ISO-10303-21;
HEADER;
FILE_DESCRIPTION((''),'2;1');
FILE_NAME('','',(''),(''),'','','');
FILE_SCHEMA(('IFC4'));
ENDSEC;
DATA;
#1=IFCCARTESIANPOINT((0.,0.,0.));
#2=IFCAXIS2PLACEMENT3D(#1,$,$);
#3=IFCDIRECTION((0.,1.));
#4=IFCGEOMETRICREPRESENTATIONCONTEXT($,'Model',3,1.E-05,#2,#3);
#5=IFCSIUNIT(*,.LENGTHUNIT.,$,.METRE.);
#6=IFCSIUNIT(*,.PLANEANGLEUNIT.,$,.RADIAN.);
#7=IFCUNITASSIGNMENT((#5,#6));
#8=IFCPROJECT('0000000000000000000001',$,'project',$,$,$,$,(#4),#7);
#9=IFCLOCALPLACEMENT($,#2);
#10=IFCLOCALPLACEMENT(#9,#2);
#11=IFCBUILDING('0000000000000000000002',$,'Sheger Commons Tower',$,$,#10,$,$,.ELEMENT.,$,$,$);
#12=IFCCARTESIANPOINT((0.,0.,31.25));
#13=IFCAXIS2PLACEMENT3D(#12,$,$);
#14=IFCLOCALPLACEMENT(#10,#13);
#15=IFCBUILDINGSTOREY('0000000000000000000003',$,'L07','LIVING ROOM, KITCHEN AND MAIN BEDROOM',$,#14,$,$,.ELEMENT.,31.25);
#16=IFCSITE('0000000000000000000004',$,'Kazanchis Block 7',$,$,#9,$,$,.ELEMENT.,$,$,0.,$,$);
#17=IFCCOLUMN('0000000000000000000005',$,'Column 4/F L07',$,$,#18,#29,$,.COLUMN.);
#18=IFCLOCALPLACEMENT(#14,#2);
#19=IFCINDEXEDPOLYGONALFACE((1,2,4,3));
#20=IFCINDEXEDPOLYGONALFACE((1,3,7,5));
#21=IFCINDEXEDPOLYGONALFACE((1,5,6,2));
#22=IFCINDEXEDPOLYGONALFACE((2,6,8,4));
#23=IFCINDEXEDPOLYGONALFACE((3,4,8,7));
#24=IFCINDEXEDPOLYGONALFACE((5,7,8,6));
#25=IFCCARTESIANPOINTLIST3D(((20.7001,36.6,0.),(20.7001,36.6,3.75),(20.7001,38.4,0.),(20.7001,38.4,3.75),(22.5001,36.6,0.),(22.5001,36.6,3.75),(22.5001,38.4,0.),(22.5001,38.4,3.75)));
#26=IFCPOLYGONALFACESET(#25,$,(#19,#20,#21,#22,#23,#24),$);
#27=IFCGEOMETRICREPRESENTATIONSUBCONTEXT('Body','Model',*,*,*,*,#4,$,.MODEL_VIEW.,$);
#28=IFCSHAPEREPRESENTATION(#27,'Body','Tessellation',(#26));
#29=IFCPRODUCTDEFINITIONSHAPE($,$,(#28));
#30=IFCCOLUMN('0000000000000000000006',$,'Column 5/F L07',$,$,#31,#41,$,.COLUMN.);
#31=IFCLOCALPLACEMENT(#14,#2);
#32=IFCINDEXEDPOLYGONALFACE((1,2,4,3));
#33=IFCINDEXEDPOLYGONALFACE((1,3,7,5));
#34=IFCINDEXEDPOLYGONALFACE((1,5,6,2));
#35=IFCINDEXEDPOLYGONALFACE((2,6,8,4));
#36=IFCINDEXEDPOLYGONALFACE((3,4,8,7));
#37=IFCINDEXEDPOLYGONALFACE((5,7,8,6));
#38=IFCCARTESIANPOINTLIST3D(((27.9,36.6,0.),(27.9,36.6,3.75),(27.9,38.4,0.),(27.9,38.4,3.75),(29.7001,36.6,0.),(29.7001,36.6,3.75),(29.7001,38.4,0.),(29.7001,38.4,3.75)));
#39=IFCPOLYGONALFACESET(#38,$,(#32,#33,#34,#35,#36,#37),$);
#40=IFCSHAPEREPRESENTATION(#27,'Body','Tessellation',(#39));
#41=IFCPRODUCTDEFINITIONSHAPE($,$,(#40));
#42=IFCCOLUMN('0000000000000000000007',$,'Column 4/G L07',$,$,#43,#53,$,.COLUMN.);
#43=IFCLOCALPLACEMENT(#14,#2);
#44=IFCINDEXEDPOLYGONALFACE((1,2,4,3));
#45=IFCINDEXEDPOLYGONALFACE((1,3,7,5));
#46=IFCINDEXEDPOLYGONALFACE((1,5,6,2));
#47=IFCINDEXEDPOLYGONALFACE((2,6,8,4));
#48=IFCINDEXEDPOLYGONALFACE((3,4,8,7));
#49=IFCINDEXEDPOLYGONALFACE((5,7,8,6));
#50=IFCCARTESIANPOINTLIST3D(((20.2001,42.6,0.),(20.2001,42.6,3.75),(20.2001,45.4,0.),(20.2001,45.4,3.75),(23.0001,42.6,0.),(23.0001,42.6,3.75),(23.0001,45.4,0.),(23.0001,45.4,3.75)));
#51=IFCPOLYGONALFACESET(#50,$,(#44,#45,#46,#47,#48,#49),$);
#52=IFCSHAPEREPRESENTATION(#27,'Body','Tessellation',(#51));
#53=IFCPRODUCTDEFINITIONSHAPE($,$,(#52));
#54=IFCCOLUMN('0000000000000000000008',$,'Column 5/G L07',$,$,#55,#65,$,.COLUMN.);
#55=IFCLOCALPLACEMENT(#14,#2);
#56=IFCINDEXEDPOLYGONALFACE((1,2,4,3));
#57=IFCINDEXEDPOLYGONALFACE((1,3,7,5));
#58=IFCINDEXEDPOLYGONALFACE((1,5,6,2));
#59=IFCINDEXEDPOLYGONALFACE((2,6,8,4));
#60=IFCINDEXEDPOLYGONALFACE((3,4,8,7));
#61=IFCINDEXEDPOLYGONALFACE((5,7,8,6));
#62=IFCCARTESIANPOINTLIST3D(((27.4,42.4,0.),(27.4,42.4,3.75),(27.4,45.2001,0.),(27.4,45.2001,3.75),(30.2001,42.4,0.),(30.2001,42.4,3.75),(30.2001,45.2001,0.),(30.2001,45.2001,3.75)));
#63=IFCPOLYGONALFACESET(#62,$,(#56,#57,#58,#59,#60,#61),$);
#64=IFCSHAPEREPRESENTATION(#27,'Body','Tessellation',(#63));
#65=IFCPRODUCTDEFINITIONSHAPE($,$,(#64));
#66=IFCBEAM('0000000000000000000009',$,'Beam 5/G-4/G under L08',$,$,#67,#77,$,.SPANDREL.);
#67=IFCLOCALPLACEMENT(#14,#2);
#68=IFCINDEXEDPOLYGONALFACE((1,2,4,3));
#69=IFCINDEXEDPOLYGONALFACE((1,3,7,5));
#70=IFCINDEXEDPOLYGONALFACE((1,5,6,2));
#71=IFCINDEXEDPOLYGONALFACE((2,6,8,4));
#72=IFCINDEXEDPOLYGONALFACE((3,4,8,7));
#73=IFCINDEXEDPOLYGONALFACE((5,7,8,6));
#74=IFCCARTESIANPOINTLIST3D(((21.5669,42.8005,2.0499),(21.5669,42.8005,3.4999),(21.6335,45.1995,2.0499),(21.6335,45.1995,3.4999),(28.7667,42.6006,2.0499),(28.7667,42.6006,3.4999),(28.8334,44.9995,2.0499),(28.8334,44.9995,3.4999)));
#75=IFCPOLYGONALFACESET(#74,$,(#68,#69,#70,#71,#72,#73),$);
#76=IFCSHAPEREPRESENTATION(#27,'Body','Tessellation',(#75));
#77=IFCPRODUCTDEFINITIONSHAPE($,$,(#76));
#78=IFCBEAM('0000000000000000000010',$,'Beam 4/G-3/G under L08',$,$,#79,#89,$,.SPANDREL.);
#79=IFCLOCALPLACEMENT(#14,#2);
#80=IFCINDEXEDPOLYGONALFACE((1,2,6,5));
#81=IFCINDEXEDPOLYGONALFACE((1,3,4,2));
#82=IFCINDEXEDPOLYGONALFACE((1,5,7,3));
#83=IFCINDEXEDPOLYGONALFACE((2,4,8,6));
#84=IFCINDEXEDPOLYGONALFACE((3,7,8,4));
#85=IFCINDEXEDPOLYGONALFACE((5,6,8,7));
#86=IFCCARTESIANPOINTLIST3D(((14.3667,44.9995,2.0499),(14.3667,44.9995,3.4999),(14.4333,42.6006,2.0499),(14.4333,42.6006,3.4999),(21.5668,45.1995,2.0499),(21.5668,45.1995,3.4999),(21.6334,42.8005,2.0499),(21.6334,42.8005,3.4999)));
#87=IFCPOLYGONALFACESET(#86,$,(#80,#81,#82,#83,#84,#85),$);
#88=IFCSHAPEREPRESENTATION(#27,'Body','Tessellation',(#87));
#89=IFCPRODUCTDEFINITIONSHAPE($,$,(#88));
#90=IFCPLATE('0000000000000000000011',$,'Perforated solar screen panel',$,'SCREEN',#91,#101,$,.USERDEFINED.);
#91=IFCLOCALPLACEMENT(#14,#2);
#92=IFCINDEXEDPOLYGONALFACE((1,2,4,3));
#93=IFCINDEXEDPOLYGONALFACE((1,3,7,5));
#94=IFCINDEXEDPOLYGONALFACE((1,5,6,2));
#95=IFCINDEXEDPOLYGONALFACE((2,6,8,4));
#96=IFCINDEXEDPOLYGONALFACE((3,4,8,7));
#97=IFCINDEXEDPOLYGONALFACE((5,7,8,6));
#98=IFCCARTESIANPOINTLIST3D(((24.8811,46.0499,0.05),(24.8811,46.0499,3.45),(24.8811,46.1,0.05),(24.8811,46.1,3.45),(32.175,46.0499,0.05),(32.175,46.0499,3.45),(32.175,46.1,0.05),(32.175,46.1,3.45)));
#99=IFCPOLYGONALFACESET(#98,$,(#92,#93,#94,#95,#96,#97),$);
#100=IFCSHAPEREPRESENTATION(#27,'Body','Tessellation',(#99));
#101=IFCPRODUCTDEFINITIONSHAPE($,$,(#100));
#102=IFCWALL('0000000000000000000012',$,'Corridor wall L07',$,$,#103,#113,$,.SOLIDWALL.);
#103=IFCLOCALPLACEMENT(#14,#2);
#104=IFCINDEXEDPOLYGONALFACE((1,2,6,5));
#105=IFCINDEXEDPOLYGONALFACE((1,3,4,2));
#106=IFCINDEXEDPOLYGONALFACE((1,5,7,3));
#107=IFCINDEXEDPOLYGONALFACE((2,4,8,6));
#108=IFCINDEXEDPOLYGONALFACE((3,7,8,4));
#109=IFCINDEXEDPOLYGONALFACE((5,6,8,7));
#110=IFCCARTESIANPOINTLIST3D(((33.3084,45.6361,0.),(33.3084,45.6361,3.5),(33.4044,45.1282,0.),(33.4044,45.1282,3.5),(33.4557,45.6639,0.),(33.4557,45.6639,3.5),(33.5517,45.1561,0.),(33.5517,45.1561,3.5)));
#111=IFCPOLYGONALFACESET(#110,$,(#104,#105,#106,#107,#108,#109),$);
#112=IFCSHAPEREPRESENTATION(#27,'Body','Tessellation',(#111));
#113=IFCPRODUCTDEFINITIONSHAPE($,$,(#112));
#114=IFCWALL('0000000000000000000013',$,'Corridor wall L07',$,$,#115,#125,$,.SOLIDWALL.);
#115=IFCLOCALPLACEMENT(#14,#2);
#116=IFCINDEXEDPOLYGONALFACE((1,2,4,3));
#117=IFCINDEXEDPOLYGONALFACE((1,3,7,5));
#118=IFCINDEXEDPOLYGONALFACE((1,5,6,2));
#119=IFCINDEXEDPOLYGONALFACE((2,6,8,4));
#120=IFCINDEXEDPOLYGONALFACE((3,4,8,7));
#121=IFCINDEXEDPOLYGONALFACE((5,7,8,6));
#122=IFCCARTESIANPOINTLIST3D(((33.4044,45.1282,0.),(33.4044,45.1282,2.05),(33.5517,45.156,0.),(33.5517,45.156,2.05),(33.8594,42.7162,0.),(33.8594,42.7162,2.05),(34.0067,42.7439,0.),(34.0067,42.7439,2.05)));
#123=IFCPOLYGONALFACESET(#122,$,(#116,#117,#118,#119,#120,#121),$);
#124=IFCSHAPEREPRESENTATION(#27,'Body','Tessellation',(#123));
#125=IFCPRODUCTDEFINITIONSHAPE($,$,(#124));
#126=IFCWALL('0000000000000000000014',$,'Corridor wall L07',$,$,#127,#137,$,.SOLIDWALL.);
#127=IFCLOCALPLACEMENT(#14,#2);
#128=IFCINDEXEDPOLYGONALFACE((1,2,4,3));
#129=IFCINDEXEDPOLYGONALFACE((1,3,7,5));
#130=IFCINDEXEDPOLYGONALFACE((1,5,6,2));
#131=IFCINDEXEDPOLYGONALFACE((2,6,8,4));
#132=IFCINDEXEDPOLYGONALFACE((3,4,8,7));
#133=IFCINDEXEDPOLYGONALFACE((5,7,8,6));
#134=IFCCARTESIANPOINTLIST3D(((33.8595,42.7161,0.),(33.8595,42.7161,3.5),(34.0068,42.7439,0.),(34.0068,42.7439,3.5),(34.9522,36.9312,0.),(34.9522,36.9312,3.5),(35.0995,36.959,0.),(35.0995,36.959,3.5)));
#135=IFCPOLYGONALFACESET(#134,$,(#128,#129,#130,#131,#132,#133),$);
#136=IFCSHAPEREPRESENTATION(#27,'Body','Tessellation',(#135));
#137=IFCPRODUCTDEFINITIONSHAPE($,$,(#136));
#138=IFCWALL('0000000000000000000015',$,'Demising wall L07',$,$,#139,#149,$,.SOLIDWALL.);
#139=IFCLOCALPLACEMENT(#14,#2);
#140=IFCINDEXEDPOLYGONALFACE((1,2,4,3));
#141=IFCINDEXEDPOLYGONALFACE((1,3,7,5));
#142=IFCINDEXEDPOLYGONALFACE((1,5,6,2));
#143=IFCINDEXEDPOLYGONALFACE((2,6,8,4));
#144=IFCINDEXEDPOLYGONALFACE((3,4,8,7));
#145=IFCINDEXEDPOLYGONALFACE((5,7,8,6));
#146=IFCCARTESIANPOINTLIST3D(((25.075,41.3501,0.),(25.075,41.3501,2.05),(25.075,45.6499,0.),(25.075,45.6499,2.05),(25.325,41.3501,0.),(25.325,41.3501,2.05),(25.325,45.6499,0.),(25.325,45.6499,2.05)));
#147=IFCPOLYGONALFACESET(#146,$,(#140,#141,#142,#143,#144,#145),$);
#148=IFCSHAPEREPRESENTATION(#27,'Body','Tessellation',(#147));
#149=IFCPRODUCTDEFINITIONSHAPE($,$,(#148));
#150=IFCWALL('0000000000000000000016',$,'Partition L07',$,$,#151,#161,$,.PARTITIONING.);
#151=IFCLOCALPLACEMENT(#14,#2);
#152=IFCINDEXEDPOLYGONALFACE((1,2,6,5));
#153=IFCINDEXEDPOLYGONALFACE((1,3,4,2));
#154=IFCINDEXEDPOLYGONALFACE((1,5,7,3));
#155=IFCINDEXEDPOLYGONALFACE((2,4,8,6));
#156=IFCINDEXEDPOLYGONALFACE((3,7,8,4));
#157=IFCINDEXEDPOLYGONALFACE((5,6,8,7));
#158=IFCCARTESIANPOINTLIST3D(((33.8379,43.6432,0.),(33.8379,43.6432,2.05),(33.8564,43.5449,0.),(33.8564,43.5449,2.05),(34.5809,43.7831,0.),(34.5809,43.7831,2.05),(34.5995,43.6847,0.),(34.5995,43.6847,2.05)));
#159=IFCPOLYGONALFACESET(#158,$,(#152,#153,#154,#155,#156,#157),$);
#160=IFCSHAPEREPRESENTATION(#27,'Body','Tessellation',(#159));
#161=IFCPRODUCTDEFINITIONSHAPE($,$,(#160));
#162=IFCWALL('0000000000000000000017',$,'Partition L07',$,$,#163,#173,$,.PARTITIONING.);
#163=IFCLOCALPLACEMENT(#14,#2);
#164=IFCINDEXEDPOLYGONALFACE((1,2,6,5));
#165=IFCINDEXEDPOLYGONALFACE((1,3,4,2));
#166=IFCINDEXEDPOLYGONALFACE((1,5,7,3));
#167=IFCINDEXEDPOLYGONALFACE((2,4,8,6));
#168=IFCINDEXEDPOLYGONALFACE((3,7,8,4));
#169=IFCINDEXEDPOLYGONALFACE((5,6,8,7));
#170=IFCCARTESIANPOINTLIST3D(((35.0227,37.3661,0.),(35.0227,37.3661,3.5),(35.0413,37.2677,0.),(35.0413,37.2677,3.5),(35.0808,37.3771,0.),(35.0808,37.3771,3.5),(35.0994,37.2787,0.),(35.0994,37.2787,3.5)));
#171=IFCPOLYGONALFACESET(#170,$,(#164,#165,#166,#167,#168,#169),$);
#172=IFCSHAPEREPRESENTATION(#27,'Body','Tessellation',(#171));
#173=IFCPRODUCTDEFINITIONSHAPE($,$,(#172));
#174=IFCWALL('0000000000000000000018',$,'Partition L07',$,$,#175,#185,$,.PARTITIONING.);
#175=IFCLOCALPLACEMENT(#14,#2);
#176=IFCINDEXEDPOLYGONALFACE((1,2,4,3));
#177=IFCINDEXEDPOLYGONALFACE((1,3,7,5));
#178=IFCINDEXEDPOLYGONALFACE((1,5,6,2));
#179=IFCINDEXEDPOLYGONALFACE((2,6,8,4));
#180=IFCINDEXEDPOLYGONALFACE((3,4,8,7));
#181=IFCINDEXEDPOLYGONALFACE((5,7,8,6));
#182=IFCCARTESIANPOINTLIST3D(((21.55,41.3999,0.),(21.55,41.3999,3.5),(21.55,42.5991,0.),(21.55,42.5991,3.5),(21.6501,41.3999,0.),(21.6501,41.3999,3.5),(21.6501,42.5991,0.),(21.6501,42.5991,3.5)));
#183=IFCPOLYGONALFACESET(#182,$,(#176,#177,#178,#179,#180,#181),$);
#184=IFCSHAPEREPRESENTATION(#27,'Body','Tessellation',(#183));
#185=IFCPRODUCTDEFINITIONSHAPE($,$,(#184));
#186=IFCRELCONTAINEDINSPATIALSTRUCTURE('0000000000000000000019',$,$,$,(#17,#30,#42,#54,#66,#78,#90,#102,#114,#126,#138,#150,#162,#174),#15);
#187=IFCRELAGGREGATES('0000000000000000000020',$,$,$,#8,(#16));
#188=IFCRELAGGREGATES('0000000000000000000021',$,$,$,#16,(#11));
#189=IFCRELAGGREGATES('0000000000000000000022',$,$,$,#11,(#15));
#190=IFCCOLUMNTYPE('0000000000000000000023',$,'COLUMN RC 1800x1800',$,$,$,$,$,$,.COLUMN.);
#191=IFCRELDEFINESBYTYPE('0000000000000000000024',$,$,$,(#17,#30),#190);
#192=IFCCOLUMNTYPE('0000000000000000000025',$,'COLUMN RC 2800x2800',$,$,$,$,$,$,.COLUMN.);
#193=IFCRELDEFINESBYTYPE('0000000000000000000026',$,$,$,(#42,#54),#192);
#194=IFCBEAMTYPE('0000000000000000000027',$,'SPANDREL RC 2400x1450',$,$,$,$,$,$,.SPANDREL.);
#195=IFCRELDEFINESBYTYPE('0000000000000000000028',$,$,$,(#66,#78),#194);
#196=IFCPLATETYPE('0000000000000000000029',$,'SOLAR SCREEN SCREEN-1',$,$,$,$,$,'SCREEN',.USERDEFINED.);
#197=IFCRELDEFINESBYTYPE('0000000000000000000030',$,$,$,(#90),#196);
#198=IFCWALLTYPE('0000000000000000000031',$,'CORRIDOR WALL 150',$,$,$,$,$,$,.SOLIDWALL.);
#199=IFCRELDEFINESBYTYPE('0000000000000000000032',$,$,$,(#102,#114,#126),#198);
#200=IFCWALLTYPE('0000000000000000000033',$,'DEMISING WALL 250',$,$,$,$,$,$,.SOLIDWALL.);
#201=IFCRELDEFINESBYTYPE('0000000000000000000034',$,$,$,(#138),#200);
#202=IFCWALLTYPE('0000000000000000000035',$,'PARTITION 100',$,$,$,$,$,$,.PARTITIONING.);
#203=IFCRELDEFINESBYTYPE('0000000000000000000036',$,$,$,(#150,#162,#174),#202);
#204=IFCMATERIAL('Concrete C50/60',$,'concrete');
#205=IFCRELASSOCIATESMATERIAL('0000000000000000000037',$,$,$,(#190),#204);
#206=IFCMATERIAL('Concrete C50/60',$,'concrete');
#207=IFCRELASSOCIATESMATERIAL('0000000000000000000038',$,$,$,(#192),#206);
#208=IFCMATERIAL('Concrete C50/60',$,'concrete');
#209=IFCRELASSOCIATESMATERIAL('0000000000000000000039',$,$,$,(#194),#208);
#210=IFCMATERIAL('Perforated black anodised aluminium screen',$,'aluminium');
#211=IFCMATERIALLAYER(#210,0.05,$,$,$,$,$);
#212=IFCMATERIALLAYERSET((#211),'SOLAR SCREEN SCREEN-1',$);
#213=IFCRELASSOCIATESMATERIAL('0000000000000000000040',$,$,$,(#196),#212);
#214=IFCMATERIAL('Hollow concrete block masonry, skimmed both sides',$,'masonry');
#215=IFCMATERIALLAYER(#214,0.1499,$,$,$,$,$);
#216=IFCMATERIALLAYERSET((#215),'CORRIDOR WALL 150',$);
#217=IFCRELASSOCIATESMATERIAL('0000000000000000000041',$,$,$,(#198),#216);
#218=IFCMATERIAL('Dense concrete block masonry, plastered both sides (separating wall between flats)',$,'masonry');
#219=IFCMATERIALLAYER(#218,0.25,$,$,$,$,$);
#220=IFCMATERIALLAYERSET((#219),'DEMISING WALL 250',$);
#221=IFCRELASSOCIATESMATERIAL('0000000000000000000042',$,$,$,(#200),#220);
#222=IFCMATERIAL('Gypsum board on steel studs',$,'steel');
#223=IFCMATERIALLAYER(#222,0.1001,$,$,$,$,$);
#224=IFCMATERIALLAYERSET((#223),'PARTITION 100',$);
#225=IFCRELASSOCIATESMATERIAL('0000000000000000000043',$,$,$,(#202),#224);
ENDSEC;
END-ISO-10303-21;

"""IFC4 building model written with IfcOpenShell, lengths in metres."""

from ifc_helpers import new_model, si_unit, direction, frame, frame_2d, origin, origin_2d, place, context, subcontext, project, spatial, rectangle, extrude, material, layer, layer_set, material_profile, profile_set, type_object, element, save


model = new_model("IFC4")

# Units and contexts
model_context = context("Model", 3, precision=1e-05, world=origin(), true_north=direction((0.0, 1.0)))
body_context = subcontext(model_context, "Body", "Model", "MODEL_VIEW")
ifc_project = project(units=[si_unit("LENGTHUNIT", "METRE"), si_unit("PLANEANGLEUNIT", "RADIAN")], contexts=[model_context])

# Site, building, storey
site_placement = place(None, origin())
site = spatial("IfcSite", under=ifc_project, at=site_placement, Name="Kazanchis Block 7", CompositionType="ELEMENT", RefElevation=0.0)
building_placement = place(site_placement, origin())
building = spatial("IfcBuilding", under=site, at=building_placement, Name="Sheger Commons Tower", CompositionType="ELEMENT")
storey_placement = place(building_placement, frame((0.0, 0.0, 31.25)))
storey = spatial("IfcBuildingStorey", under=building, at=storey_placement, Name="L07", Description="LIVING ROOM, KITCHEN AND MAIN BEDROOM", CompositionType="ELEMENT", Elevation=31.25)

# Columns
ifc_material_1 = material(Name="Concrete C50/60", Category="concrete")
ifc_material_profile_1 = material_profile(ifc_material_1, rectangle(XDim=1.8, YDim=1.8, at=origin_2d()), Name="RC 1800x1800")
ifc_profile_set_1 = profile_set([ifc_material_profile_1], Name="Concrete C50/60")
column_type_1 = type_object("IfcColumnType", Name="COLUMN RC 1800x1800", PredefinedType="COLUMN", material=ifc_profile_set_1)
for number, where, z_axis, x_axis, name in (
    (1, (21.6001, 37.5, 0.0), (0.0, 0.0, 1.0), (1.0, 0.0, 0.0), "Column 4/F L07"),
    (2, (28.8, 37.5, 0.0), (0.0, 0.0, 1.0), (1.0, 0.0, 0.0), "Column 5/F L07"),
):
    element("IfcColumn", number, at=place(storey_placement, frame(where, z_axis=z_axis, x_axis=x_axis)), inside=storey, type_object=column_type_1, Name=name, PredefinedType="COLUMN", context=body_context, shape_type="SweptSolid", body=[
        extrude(rectangle(XDim=1.8, YDim=1.8, at=origin_2d()), origin(), (0.0, 0.0, 1.0), 3.75),
    ])
ifc_material_2 = material(Name="Concrete C50/60", Category="concrete")
ifc_material_profile_2 = material_profile(ifc_material_2, rectangle(XDim=2.8, YDim=2.8, at=origin_2d()), Name="RC 2800x2800")
ifc_profile_set_2 = profile_set([ifc_material_profile_2], Name="Concrete C50/60")
column_type_2 = type_object("IfcColumnType", Name="COLUMN RC 2800x2800", PredefinedType="COLUMN", material=ifc_profile_set_2)
for number, where, z_axis, x_axis, name in (
    (3, (21.6001, 44.0, 0.0), (0.0, 0.0, 1.0), (1.0, 0.0, 0.0), "Column 4/G L07"),
    (4, (28.8, 43.8, 0.0), (0.0, 0.0, 1.0), (1.0, 0.0, 0.0), "Column 5/G L07"),
):
    element("IfcColumn", number, at=place(storey_placement, frame(where, z_axis=z_axis, x_axis=x_axis)), inside=storey, type_object=column_type_2, Name=name, PredefinedType="COLUMN", context=body_context, shape_type="SweptSolid", body=[
        extrude(rectangle(XDim=2.8, YDim=2.8, at=origin_2d()), origin(), (0.0, 0.0, 1.0), 3.75),
    ])

# Beams
ifc_material_3 = material(Name="Concrete C50/60", Category="concrete")
ifc_material_profile_3 = material_profile(ifc_material_3, rectangle(XDim=2.3999, YDim=1.45, at=origin_2d()), Name="RC 2400x1450")
ifc_profile_set_3 = profile_set([ifc_material_profile_3], Name="Concrete C50/60")
beam_type = type_object("IfcBeamType", Name="SPANDREL RC 2400x1450", PredefinedType="SPANDREL", material=ifc_profile_set_3)
beam_1_placement = place(storey_placement, frame((28.8, 43.8, 2.7749), z_axis=(-0.999615, 0.02776, 0.0), x_axis=(-0.02776, -0.999615, 0.0)))
element("IfcBeam", 5, at=beam_1_placement, inside=storey, type_object=beam_type, Name="Beam 5/G-4/G under L08", PredefinedType="SPANDREL", context=body_context, shape_type="SweptSolid", body=[
    extrude(rectangle(XDim=2.3999, YDim=1.45, at=origin_2d()), origin(), (0.0, 0.0, 1.0), 7.2026),
])
beam_2_placement = place(storey_placement, frame((21.6001, 44.0, 2.7749), z_axis=(-0.999615, -0.02776, 0.0), x_axis=(0.02776, -0.999615, 0.0)))
element("IfcBeam", 6, at=beam_2_placement, inside=storey, type_object=beam_type, Name="Beam 4/G-3/G under L08", PredefinedType="SPANDREL", context=body_context, shape_type="SweptSolid", body=[
    extrude(rectangle(XDim=2.3999, YDim=1.45, at=origin_2d()), origin(), (0.0, 0.0, 1.0), 7.2029),
])

# Plate
ifc_material_4 = material(Name="Perforated black anodised aluminium screen", Category="aluminium")
ifc_layer_1 = layer(ifc_material_4, 0.05)
ifc_layer_set_1 = layer_set([ifc_layer_1], Name="SOLAR SCREEN SCREEN-1")
plate_type = type_object("IfcPlateType", Name="SOLAR SCREEN SCREEN-1", ElementType="SCREEN", PredefinedType="USERDEFINED", material=ifc_layer_set_1)
plate_placement = place(storey_placement, frame((28.5281, 46.075, 0.05), z_axis=(0.0, 0.0, 1.0), x_axis=(-1.0, 0.0, 0.0)))
element("IfcPlate", 7, at=plate_placement, inside=storey, type_object=plate_type, Name="Perforated solar screen panel", ObjectType="SCREEN", PredefinedType="USERDEFINED", context=body_context, shape_type="SweptSolid", body=[
    extrude(rectangle(XDim=7.2939, YDim=0.05, at=origin_2d()), origin(), (0.0, 0.0, 1.0), 3.3999),
])

# Walls
ifc_material_5 = material(Name="Hollow concrete block masonry, skimmed both sides", Category="masonry")
ifc_layer_2 = layer(ifc_material_5, 0.1499)
ifc_layer_set_2 = layer_set([ifc_layer_2], Name="CORRIDOR WALL 150")
wall_type_1 = type_object("IfcWallType", Name="CORRIDOR WALL 150", PredefinedType="SOLIDWALL", material=ifc_layer_set_2)
wall_1_placement = place(storey_placement, frame((33.3821, 45.6499, 0.0), z_axis=(0.0, 0.0, 1.0), x_axis=(0.185657, -0.982615, 0.0)))
element("IfcWall", 8, at=wall_1_placement, inside=storey, type_object=wall_type_1, Name="Corridor wall L07", PredefinedType="SOLIDWALL", context=body_context, shape_type="SweptSolid", body=[
    extrude(rectangle(XDim=0.5168, YDim=0.1499, at=frame_2d((0.2583, 0.0))), origin(), (0.0, 0.0, 1.0), 3.5),
])
wall_2_placement = place(storey_placement, frame((33.478, 45.1421, 0.0), z_axis=(0.0, 0.0, 1.0), x_axis=(0.185393, -0.982664, 0.0)))
element("IfcWall", 9, at=wall_2_placement, inside=storey, type_object=wall_type_1, Name="Corridor wall L07", PredefinedType="SOLIDWALL", context=body_context, shape_type="SweptSolid", body=[
    extrude(rectangle(XDim=2.4546, YDim=0.1499, at=frame_2d((1.2273, 0.0))), origin(), (0.0, 0.0, 1.0), 2.05),
])
wall_3_placement = place(storey_placement, frame((33.9331, 42.73, 0.0), z_axis=(0.0, 0.0, 1.0), x_axis=(0.185618, -0.982622, 0.0)))
element("IfcWall", 10, at=wall_3_placement, inside=storey, type_object=wall_type_1, Name="Corridor wall L07", PredefinedType="SOLIDWALL", context=body_context, shape_type="SweptSolid", body=[
    extrude(rectangle(XDim=5.8872, YDim=0.1499, at=frame_2d((2.9436, 0.0))), origin(), (0.0, 0.0, 1.0), 3.5),
])
ifc_material_6 = material(Name="Dense concrete block masonry, plastered both sides (separating wall between flats)", Category="masonry")
ifc_layer_3 = layer(ifc_material_6, 0.25)
ifc_layer_set_3 = layer_set([ifc_layer_3], Name="DEMISING WALL 250")
wall_type_2 = type_object("IfcWallType", Name="DEMISING WALL 250", PredefinedType="SOLIDWALL", material=ifc_layer_set_3)
wall_4_placement = place(storey_placement, frame((25.2, 41.3501, 0.0), z_axis=(0.0, 0.0, 1.0), x_axis=(0.0, 1.0, 0.0)))
element("IfcWall", 11, at=wall_4_placement, inside=storey, type_object=wall_type_2, Name="Demising wall L07", PredefinedType="SOLIDWALL", context=body_context, shape_type="SweptSolid", body=[
    extrude(rectangle(XDim=4.2998, YDim=0.25, at=frame_2d((2.1499, 0.0))), origin(), (0.0, 0.0, 1.0), 2.05),
])
ifc_material_7 = material(Name="Gypsum board on steel studs", Category="steel")
ifc_layer_4 = layer(ifc_material_7, 0.1001)
ifc_layer_set_4 = layer_set([ifc_layer_4], Name="PARTITION 100")
wall_type_3 = type_object("IfcWallType", Name="PARTITION 100", PredefinedType="PARTITIONING", material=ifc_layer_set_4)
wall_5_placement = place(storey_placement, frame((34.5901, 43.7339, 0.0), z_axis=(0.0, 0.0, 1.0), x_axis=(-0.98274, -0.18499, 0.0)))
element("IfcWall", 12, at=wall_5_placement, inside=storey, type_object=wall_type_3, Name="Partition L07", PredefinedType="PARTITIONING", context=body_context, shape_type="SweptSolid", body=[
    extrude(rectangle(XDim=0.7561, YDim=0.1001, at=frame_2d((0.3779, 0.0))), origin(), (0.0, 0.0, 1.0), 2.05),
])
wall_6_placement = place(storey_placement, frame((35.0901, 37.3279, 0.0), z_axis=(0.0, 0.0, 1.0), x_axis=(-0.982591, -0.185784, 0.0)))
element("IfcWall", 13, at=wall_6_placement, inside=storey, type_object=wall_type_3, Name="Partition L07", PredefinedType="PARTITIONING", context=body_context, shape_type="SweptSolid", body=[
    extrude(rectangle(XDim=0.0591, YDim=0.1001, at=frame_2d((0.0295, 0.0))), origin(), (0.0, 0.0, 1.0), 3.5),
])
wall_7_placement = place(storey_placement, frame((21.6001, 41.3999, 0.0), z_axis=(0.0, 0.0, 1.0), x_axis=(0.0, 1.0, 0.0)))
element("IfcWall", 14, at=wall_7_placement, inside=storey, type_object=wall_type_3, Name="Partition L07", PredefinedType="PARTITIONING", context=body_context, shape_type="SweptSolid", body=[
    extrude(rectangle(XDim=1.1992, YDim=0.1001, at=frame_2d((0.5996, 0.0))), origin(), (0.0, 0.0, 1.0), 3.5),
])

save(model, "model.ifc")
